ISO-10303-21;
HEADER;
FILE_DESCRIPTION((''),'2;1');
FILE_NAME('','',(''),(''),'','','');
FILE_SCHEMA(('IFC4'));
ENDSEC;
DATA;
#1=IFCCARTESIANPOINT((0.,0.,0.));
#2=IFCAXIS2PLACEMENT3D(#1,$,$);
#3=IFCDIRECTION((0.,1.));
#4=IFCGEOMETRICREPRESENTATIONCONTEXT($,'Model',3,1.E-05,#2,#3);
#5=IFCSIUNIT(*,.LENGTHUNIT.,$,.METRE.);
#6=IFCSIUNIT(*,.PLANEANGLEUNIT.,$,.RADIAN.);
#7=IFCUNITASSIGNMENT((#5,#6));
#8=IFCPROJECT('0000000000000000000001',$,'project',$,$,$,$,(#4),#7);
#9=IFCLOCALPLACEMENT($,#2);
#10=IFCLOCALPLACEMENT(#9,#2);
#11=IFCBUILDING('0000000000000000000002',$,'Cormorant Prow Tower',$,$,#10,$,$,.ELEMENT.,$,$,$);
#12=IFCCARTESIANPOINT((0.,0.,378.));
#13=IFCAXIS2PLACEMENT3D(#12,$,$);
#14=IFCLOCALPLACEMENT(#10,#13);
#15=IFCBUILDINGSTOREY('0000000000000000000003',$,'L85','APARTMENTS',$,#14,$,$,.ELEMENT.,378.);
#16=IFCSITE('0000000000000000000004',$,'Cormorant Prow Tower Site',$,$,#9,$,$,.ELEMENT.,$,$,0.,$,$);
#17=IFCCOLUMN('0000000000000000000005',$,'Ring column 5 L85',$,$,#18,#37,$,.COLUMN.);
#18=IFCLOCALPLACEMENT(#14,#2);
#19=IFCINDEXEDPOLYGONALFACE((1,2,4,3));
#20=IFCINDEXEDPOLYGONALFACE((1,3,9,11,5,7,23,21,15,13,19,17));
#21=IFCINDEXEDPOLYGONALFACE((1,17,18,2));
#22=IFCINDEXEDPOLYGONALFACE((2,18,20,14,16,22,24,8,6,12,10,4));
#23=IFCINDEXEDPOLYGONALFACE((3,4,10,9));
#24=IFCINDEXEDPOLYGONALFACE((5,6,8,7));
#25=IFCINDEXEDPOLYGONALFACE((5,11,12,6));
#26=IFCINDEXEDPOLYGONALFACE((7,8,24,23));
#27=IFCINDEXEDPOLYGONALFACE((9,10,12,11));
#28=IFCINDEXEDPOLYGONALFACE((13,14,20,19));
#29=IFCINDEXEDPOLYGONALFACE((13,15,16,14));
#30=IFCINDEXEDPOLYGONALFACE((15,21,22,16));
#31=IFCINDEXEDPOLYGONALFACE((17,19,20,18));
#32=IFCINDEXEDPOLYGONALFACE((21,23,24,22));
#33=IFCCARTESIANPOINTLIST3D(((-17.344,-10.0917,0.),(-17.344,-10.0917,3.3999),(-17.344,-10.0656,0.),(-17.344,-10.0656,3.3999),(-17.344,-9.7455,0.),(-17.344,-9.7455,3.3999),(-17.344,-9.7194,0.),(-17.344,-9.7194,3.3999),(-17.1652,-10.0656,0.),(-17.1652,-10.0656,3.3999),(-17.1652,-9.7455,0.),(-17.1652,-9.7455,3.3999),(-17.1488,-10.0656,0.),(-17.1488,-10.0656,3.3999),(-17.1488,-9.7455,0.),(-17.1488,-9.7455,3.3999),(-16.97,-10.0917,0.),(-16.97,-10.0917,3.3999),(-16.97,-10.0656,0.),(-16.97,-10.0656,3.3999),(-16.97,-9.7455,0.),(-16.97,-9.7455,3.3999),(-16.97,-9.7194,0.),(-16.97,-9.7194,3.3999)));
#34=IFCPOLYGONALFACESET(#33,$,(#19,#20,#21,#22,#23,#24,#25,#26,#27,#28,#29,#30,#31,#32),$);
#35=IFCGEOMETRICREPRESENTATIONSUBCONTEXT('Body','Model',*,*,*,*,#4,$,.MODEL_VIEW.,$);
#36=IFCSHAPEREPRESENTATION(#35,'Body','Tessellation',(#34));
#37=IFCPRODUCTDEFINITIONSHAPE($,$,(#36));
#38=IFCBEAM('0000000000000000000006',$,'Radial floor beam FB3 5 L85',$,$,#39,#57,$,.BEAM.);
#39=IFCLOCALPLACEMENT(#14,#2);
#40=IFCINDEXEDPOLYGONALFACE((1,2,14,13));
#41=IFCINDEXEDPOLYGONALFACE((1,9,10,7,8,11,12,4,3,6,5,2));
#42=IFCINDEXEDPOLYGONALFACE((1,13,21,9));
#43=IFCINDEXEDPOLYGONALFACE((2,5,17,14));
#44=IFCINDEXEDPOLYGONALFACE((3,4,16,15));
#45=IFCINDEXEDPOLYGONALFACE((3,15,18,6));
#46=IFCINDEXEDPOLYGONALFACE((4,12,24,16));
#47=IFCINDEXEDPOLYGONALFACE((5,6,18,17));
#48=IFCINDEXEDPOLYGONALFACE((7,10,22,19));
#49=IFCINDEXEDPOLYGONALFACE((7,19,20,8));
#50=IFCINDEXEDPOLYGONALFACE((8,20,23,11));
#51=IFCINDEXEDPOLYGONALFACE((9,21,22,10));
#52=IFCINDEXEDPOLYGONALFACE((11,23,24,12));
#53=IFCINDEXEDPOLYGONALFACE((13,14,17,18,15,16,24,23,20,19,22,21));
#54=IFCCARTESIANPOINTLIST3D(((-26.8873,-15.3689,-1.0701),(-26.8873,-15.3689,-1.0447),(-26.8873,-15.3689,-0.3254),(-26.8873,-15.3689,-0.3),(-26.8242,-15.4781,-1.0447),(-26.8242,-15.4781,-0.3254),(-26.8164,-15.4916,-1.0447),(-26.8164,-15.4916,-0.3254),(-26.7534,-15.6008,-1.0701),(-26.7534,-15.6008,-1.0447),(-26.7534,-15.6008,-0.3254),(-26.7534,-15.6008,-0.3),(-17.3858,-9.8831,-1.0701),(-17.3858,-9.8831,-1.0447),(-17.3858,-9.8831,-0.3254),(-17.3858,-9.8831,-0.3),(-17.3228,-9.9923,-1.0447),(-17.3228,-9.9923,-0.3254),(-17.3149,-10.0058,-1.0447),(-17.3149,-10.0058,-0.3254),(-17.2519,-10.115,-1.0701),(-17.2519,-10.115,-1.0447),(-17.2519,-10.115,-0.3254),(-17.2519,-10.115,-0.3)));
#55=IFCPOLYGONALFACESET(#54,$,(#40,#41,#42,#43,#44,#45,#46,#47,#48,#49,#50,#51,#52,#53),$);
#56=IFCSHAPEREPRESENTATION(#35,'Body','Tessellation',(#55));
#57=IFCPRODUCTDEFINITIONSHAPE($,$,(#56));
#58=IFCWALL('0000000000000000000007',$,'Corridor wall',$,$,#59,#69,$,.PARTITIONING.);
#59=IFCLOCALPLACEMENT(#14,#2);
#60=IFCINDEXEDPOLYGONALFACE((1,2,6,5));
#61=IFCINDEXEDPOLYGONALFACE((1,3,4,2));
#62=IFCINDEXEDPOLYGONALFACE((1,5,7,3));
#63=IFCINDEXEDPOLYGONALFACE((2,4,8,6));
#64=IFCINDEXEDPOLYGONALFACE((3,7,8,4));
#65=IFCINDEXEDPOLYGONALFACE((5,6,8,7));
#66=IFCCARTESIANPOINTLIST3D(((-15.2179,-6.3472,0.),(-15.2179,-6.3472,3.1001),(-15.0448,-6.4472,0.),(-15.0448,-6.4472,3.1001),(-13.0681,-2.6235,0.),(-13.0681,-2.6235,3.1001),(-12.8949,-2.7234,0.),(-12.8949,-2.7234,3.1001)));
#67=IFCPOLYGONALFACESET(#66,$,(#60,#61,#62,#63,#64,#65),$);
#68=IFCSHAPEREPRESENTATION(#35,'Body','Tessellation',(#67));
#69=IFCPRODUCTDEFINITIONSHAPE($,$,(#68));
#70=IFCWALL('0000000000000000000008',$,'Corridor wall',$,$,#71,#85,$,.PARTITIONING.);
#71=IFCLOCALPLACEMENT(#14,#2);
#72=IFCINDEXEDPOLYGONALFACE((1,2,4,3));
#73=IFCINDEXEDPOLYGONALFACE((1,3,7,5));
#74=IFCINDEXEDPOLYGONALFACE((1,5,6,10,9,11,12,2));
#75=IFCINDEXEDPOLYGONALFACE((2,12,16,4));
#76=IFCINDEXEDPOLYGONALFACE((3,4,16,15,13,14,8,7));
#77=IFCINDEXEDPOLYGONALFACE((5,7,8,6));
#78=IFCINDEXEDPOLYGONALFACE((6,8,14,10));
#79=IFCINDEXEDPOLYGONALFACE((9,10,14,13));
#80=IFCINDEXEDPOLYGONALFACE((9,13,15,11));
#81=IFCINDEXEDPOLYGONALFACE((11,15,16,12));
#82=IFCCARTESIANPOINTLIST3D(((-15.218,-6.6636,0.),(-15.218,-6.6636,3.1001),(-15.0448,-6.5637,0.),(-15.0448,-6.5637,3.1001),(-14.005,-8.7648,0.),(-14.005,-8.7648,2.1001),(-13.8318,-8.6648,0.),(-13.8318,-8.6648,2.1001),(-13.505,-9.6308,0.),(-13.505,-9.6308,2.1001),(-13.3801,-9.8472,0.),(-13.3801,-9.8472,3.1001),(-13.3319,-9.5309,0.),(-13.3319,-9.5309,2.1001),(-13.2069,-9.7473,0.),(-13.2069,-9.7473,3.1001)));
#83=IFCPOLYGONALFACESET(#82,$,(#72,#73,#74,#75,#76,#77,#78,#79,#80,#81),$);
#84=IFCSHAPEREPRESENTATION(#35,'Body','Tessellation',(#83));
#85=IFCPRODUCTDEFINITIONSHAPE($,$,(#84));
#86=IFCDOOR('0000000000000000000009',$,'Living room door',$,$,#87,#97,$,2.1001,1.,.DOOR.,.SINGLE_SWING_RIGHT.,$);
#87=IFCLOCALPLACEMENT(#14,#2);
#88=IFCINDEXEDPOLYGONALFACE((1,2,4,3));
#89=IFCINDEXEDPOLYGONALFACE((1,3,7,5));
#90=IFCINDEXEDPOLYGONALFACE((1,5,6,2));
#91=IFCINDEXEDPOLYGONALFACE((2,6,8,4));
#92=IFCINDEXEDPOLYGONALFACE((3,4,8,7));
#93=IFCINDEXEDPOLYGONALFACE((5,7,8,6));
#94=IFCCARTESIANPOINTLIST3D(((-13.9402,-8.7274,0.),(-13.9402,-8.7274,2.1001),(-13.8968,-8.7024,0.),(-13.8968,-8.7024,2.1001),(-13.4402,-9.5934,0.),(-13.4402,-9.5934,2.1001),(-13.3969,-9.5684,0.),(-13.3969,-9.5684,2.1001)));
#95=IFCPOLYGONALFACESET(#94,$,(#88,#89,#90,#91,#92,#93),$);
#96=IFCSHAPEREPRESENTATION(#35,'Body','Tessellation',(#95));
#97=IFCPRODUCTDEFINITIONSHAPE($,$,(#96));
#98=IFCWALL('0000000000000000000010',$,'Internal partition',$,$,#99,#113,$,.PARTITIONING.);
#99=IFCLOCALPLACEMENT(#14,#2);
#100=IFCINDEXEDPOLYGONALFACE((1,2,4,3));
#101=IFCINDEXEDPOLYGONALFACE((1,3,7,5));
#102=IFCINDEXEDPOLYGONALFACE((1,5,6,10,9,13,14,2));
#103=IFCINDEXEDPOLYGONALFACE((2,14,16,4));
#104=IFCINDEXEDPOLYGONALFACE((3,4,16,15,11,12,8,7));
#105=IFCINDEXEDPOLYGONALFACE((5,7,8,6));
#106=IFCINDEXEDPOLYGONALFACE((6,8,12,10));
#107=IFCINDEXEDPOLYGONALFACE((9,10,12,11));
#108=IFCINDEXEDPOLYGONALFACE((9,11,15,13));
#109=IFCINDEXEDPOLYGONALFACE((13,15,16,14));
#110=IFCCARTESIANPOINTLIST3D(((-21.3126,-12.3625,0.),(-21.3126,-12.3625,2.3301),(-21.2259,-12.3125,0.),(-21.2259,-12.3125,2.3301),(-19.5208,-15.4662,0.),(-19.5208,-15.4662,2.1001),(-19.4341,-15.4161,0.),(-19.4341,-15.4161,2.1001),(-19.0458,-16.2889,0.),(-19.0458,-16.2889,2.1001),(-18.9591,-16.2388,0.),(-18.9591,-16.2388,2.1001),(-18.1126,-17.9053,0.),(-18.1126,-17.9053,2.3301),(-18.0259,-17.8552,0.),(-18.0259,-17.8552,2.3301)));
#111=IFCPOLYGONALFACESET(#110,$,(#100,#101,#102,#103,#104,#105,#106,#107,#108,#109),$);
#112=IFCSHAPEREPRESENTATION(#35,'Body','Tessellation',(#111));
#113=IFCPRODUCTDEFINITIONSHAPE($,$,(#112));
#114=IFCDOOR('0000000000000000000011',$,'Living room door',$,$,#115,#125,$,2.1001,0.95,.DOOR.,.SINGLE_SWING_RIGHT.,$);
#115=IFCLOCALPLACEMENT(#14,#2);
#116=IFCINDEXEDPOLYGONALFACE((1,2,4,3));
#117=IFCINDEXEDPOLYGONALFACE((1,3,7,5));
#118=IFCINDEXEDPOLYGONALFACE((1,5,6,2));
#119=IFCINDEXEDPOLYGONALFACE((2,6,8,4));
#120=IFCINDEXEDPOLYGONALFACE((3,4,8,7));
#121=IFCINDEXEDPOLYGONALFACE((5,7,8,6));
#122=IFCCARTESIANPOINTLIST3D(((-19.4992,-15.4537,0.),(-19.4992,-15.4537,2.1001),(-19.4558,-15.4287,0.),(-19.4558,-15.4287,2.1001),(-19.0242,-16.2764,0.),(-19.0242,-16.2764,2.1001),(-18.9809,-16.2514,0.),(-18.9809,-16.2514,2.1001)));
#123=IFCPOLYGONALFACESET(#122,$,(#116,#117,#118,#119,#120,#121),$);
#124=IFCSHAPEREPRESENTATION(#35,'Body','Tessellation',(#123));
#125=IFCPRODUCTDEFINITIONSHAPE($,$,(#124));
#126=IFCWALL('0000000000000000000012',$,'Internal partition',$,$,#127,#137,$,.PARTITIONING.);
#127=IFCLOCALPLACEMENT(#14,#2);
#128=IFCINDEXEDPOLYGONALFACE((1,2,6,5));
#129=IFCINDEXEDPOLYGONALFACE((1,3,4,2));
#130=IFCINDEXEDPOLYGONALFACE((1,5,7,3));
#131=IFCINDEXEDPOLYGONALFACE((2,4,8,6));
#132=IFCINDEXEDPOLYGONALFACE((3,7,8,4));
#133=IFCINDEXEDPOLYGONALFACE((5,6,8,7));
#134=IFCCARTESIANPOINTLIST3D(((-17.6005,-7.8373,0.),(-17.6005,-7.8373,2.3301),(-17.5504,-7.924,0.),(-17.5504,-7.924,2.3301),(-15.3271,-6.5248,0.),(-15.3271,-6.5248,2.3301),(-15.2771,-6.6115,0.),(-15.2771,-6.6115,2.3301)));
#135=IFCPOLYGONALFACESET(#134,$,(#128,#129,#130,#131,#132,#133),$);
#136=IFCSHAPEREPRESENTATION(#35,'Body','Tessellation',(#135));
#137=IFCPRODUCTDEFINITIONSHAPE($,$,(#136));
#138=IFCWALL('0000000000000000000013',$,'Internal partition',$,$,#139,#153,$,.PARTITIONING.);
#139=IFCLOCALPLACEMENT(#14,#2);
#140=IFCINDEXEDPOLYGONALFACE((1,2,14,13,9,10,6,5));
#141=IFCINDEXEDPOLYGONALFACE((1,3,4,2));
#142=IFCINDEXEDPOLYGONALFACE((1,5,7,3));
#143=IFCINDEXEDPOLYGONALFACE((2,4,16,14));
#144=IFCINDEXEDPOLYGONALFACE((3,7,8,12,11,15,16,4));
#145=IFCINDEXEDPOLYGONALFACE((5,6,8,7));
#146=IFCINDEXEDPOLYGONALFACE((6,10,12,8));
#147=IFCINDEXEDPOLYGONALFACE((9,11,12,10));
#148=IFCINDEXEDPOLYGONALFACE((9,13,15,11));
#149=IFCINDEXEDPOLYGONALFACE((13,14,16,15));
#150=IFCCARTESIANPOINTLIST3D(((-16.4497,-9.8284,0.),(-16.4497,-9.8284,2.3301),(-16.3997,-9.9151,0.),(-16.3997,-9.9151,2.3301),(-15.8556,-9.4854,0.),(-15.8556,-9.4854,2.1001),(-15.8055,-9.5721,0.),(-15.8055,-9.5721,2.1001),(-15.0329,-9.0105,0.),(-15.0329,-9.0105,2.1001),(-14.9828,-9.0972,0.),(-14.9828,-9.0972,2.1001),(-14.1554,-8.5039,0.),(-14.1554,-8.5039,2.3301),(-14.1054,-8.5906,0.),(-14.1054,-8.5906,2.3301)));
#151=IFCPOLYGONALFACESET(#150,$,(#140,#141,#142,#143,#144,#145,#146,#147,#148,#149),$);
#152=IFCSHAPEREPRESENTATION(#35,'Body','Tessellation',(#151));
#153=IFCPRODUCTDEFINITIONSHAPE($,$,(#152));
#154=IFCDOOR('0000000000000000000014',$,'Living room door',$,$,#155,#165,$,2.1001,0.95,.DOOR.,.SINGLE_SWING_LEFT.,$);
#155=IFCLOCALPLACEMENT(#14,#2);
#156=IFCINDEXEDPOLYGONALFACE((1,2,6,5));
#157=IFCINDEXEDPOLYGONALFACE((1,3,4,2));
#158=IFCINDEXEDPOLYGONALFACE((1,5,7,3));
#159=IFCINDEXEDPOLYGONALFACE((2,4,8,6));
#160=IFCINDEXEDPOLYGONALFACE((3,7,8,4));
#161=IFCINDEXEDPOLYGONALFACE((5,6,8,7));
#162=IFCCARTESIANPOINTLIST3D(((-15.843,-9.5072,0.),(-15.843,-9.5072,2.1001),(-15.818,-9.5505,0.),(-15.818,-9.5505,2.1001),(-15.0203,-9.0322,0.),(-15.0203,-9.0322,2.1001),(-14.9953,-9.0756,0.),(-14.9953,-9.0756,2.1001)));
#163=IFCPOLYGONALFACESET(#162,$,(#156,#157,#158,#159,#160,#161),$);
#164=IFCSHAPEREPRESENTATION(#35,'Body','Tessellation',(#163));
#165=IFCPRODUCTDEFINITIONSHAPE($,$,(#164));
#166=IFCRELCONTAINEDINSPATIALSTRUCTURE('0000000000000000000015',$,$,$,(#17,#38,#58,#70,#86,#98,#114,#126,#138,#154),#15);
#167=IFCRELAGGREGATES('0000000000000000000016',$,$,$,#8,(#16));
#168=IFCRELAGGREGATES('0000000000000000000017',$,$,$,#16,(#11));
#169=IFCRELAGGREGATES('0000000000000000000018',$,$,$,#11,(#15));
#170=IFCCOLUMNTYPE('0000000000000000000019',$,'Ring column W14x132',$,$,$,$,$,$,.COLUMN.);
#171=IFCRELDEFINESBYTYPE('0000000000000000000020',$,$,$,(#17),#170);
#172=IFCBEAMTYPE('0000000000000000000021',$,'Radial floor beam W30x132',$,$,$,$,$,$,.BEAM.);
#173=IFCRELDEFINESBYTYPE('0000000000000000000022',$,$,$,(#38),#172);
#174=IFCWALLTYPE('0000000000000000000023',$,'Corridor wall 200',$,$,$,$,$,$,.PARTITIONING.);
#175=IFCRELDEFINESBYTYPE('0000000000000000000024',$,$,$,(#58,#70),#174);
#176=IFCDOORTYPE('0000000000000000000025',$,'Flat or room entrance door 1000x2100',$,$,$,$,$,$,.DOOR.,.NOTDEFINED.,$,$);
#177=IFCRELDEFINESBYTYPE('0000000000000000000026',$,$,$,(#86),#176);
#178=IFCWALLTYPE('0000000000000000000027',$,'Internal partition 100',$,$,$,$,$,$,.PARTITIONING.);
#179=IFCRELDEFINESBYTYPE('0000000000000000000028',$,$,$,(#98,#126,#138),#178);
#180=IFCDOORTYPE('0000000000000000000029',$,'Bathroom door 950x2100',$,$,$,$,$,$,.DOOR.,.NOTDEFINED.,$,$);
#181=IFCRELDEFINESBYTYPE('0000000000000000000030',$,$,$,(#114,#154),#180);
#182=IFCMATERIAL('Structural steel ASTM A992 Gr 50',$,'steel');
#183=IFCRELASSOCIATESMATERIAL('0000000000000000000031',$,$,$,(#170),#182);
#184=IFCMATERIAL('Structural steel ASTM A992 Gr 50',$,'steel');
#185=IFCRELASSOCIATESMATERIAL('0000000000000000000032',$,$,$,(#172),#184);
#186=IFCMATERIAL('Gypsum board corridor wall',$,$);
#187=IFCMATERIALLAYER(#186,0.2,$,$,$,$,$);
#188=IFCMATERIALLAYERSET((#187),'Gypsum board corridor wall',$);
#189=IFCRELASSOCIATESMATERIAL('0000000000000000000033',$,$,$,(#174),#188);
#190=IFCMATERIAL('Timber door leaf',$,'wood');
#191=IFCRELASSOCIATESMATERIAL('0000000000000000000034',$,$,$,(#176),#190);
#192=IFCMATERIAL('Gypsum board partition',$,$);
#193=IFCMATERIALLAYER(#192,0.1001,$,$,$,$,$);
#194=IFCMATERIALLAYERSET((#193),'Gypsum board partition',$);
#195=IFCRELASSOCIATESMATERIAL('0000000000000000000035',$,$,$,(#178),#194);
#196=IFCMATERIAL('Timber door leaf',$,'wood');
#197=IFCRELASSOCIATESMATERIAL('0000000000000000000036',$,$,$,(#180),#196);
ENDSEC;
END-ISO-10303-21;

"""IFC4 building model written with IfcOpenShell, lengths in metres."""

from ifc_helpers import new_model, si_unit, direction, frame, frame_2d, origin, origin_2d, place, context, subcontext, project, spatial, rectangle, i_section, extrude, material, layer, layer_set, material_profile, profile_set, type_object, element, fill, save


model = new_model("IFC4")

# Units and contexts
model_context = context("Model", 3, precision=1e-05, world=origin(), true_north=direction((0.0, 1.0)))
body_context = subcontext(model_context, "Body", "Model", "MODEL_VIEW")
ifc_project = project(units=[si_unit("LENGTHUNIT", "METRE"), si_unit("PLANEANGLEUNIT", "RADIAN")], contexts=[model_context])

# Site, building, storey
site_placement = place(None, origin())
site = spatial("IfcSite", under=ifc_project, at=site_placement, Name="Cormorant Prow Tower Site", CompositionType="ELEMENT", RefElevation=0.0)
building_placement = place(site_placement, origin())
building = spatial("IfcBuilding", under=site, at=building_placement, Name="Cormorant Prow Tower", CompositionType="ELEMENT")
storey_placement = place(building_placement, frame((0.0, 0.0, 378.0)))
storey = spatial("IfcBuildingStorey", under=building, at=storey_placement, Name="L85", Description="APARTMENTS", CompositionType="ELEMENT", Elevation=378.0)

# Column
ifc_material_1 = material(Name="Structural steel ASTM A992 Gr 50", Category="steel")
ifc_material_profile_1 = material_profile(ifc_material_1, i_section(OverallWidth=0.374, OverallDepth=0.3723, WebThickness=0.0164, FlangeThickness=0.0261, at=origin_2d()), Name="W14x132")
ifc_profile_set_1 = profile_set([ifc_material_profile_1], Name="Structural steel ASTM A992 Gr 50")
column_type = type_object("IfcColumnType", Name="Ring column W14x132", PredefinedType="COLUMN", material=ifc_profile_set_1)
column_placement = place(storey_placement, frame((-17.157, -9.9055, 0.0), z_axis=(0.0, 0.0, 1.0), x_axis=(1.0, 0.0, 0.0)))
element("IfcColumn", 1, at=column_placement, inside=storey, type_object=column_type, Name="Ring column 5 L85", PredefinedType="COLUMN", context=body_context, shape_type="SweptSolid", body=[
    extrude(i_section(OverallWidth=0.374, OverallDepth=0.3723, WebThickness=0.0164, FlangeThickness=0.0261, at=origin_2d()), origin(), (0.0, 0.0, 1.0), 3.3999),
])

# Beam
ifc_material_2 = material(Name="Structural steel ASTM A992 Gr 50", Category="steel")
ifc_material_profile_2 = material_profile(ifc_material_2, i_section(OverallWidth=0.2678, OverallDepth=0.77, WebThickness=0.0156, FlangeThickness=0.0254, at=origin_2d()), Name="W30x132")
ifc_profile_set_2 = profile_set([ifc_material_profile_2], Name="Structural steel ASTM A992 Gr 50")
beam_type = type_object("IfcBeamType", Name="Radial floor beam W30x132", PredefinedType="BEAM", material=ifc_profile_set_2)
beam_placement = place(storey_placement, frame((-17.3188, -9.999, -0.6851), z_axis=(-0.866019, -0.500011, 0.0), x_axis=(0.500011, -0.866019, 0.0)))
element("IfcBeam", 2, at=beam_placement, inside=storey, type_object=beam_type, Name="Radial floor beam FB3 5 L85", PredefinedType="BEAM", context=body_context, shape_type="SweptSolid", body=[
    extrude(i_section(OverallWidth=0.2678, OverallDepth=0.77, WebThickness=0.0156, FlangeThickness=0.0254, at=origin_2d()), origin(), (0.0, 0.0, 1.0), 10.9714),
])

# Wall
ifc_material_3 = material(Name="Gypsum board corridor wall")
ifc_layer_1 = layer(ifc_material_3, 0.2)
ifc_layer_set_1 = layer_set([ifc_layer_1], Name="Gypsum board corridor wall")
wall_type_1 = type_object("IfcWallType", Name="Corridor wall 200", PredefinedType="PARTITIONING", material=ifc_layer_set_1)
wall_1_placement = place(storey_placement, frame((-15.1313, -6.3972, 0.0), z_axis=(0.0, 0.0, 1.0), x_axis=(0.499986, 0.866033, 0.0)))
element("IfcWall", 3, at=wall_1_placement, inside=storey, type_object=wall_type_1, Name="Corridor wall", PredefinedType="PARTITIONING", context=body_context, shape_type="SweptSolid", body=[
    extrude(rectangle(XDim=4.2998, YDim=0.2, at=frame_2d((2.1499, 0.0))), origin(), (0.0, 0.0, 1.0), 3.1001),
])

# Walls, openings, doors
wall_2_placement = place(storey_placement, frame((-15.1313, -6.6138, 0.0), z_axis=(0.0, 0.0, 1.0), x_axis=(0.499968, -0.866044, 0.0)))
wall_2 = element("IfcWall", 4, at=wall_2_placement, inside=storey, type_object=wall_type_1, Name="Corridor wall", PredefinedType="PARTITIONING", context=body_context, shape_type="SweptSolid", body=[
    extrude(rectangle(XDim=3.676, YDim=0.2, at=frame_2d((1.8379, 0.0))), origin(), (0.0, 0.0, 1.0), 3.1001),
])
opening_1_placement = place(wall_2_placement, frame((2.426, 0.0, 0.0)))
opening_1 = element("IfcOpeningElement", 5, at=opening_1_placement, cuts=wall_2, PredefinedType="OPENING", context=body_context, shape_type="SweptSolid", body=[
    extrude(rectangle(XDim=1.0, YDim=2.1001, at=frame_2d((0.5, 1.05))), frame((0.0, 0.1099, 0.0), z_axis=(0.0, -1.0, 0.0), x_axis=(1.0, 0.0, 0.0)), (0.0, 0.0, 1.0), 0.22),
])
ifc_material_4 = material(Name="Timber door leaf", Category="wood")
door_type_1 = type_object("IfcDoorType", Name="Flat or room entrance door 1000x2100", OperationType="NOTDEFINED", PredefinedType="DOOR", material=ifc_material_4)
door_1_placement = place(opening_1_placement, origin())
door_1 = element("IfcDoor", 6, at=door_1_placement, inside=storey, type_object=door_type_1, Name="Living room door", OperationType="SINGLE_SWING_RIGHT", OverallHeight=2.1001, OverallWidth=1.0, PredefinedType="DOOR", context=body_context, shape_type="SweptSolid", body=[
    extrude(rectangle(XDim=1.0, YDim=2.1001, at=frame_2d((0.5, 1.05))), frame((0.0, 0.0249, 0.0), z_axis=(0.0, -1.0, 0.0), x_axis=(1.0, 0.0, 0.0)), (0.0, 0.0, 1.0), 0.05),
])
fill(opening_1, door_1)
ifc_material_5 = material(Name="Gypsum board partition")
ifc_layer_2 = layer(ifc_material_5, 0.1001)
ifc_layer_set_2 = layer_set([ifc_layer_2], Name="Gypsum board partition")
wall_type_2 = type_object("IfcWallType", Name="Internal partition 100", PredefinedType="PARTITIONING", material=ifc_layer_set_2)
wall_3_placement = place(storey_placement, frame((-21.2693, -12.3374, 0.0), z_axis=(0.0, 0.0, 1.0), x_axis=(0.499983, -0.866035, 0.0)))
wall_3 = element("IfcWall", 7, at=wall_3_placement, inside=storey, type_object=wall_type_2, Name="Internal partition", PredefinedType="PARTITIONING", context=body_context, shape_type="SweptSolid", body=[
    extrude(rectangle(XDim=6.4001, YDim=0.1001, at=frame_2d((3.2002, 0.0))), origin(), (0.0, 0.0, 1.0), 2.3301),
])
opening_2_placement = place(wall_3_placement, frame((3.5837, 0.0, 0.0)))
opening_2 = element("IfcOpeningElement", 8, at=opening_2_placement, cuts=wall_3, PredefinedType="OPENING", context=body_context, shape_type="SweptSolid", body=[
    extrude(rectangle(XDim=0.95, YDim=2.1001, at=frame_2d((0.4751, 1.05))), frame((0.0, 0.0601, 0.0), z_axis=(0.0, -1.0, 0.0), x_axis=(1.0, 0.0, 0.0)), (0.0, 0.0, 1.0), 0.1201),
])
ifc_material_6 = material(Name="Timber door leaf", Category="wood")
door_type_2 = type_object("IfcDoorType", Name="Bathroom door 950x2100", OperationType="NOTDEFINED", PredefinedType="DOOR", material=ifc_material_6)
door_2_placement = place(opening_2_placement, origin())
door_2 = element("IfcDoor", 9, at=door_2_placement, inside=storey, type_object=door_type_2, Name="Living room door", OperationType="SINGLE_SWING_RIGHT", OverallHeight=2.1001, OverallWidth=0.95, PredefinedType="DOOR", context=body_context, shape_type="SweptSolid", body=[
    extrude(rectangle(XDim=0.95, YDim=2.1001, at=frame_2d((0.4751, 1.05))), frame((0.0, 0.0249, 0.0), z_axis=(0.0, -1.0, 0.0), x_axis=(1.0, 0.0, 0.0)), (0.0, 0.0, 1.0), 0.05),
])
fill(opening_2, door_2)

# Wall
wall_4_placement = place(storey_placement, frame((-17.5754, -7.8806, 0.0), z_axis=(0.0, 0.0, 1.0), x_axis=(0.866037, 0.49998, 0.0)))
element("IfcWall", 10, at=wall_4_placement, inside=storey, type_object=wall_type_2, Name="Internal partition", PredefinedType="PARTITIONING", context=body_context, shape_type="SweptSolid", body=[
    extrude(rectangle(XDim=2.625, YDim=0.1001, at=frame_2d((1.3125, 0.0))), origin(), (0.0, 0.0, 1.0), 2.3301),
])

# Wall, opening, door
wall_5_placement = place(storey_placement, frame((-16.4248, -9.8718, 0.0), z_axis=(0.0, 0.0, 1.0), x_axis=(0.86604, 0.499975, 0.0)))
wall_5 = element("IfcWall", 11, at=wall_5_placement, inside=storey, type_object=wall_type_2, Name="Internal partition", PredefinedType="PARTITIONING", context=body_context, shape_type="SweptSolid", body=[
    extrude(rectangle(XDim=2.6492, YDim=0.1001, at=frame_2d((1.3247, 0.0))), origin(), (0.0, 0.0, 1.0), 2.3301),
])
opening_3_placement = place(wall_5_placement, frame((0.686, 0.0, 0.0)))
opening_3 = element("IfcOpeningElement", 12, at=opening_3_placement, cuts=wall_5, PredefinedType="OPENING", context=body_context, shape_type="SweptSolid", body=[
    extrude(rectangle(XDim=0.95, YDim=2.1001, at=frame_2d((0.4751, 1.05))), frame((0.0, 0.0601, 0.0), z_axis=(0.0, -1.0, 0.0), x_axis=(1.0, 0.0, 0.0)), (0.0, 0.0, 1.0), 0.1201),
])
door_3_placement = place(opening_3_placement, origin())
door_3 = element("IfcDoor", 13, at=door_3_placement, inside=storey, type_object=door_type_2, Name="Living room door", OperationType="SINGLE_SWING_LEFT", OverallHeight=2.1001, OverallWidth=0.95, PredefinedType="DOOR", context=body_context, shape_type="SweptSolid", body=[
    extrude(rectangle(XDim=0.95, YDim=2.1001, at=frame_2d((0.4751, 1.05))), frame((0.0, 0.0249, 0.0), z_axis=(0.0, -1.0, 0.0), x_axis=(1.0, 0.0, 0.0)), (0.0, 0.0, 1.0), 0.05),
])
fill(opening_3, door_3)

save(model, "model.ifc")
